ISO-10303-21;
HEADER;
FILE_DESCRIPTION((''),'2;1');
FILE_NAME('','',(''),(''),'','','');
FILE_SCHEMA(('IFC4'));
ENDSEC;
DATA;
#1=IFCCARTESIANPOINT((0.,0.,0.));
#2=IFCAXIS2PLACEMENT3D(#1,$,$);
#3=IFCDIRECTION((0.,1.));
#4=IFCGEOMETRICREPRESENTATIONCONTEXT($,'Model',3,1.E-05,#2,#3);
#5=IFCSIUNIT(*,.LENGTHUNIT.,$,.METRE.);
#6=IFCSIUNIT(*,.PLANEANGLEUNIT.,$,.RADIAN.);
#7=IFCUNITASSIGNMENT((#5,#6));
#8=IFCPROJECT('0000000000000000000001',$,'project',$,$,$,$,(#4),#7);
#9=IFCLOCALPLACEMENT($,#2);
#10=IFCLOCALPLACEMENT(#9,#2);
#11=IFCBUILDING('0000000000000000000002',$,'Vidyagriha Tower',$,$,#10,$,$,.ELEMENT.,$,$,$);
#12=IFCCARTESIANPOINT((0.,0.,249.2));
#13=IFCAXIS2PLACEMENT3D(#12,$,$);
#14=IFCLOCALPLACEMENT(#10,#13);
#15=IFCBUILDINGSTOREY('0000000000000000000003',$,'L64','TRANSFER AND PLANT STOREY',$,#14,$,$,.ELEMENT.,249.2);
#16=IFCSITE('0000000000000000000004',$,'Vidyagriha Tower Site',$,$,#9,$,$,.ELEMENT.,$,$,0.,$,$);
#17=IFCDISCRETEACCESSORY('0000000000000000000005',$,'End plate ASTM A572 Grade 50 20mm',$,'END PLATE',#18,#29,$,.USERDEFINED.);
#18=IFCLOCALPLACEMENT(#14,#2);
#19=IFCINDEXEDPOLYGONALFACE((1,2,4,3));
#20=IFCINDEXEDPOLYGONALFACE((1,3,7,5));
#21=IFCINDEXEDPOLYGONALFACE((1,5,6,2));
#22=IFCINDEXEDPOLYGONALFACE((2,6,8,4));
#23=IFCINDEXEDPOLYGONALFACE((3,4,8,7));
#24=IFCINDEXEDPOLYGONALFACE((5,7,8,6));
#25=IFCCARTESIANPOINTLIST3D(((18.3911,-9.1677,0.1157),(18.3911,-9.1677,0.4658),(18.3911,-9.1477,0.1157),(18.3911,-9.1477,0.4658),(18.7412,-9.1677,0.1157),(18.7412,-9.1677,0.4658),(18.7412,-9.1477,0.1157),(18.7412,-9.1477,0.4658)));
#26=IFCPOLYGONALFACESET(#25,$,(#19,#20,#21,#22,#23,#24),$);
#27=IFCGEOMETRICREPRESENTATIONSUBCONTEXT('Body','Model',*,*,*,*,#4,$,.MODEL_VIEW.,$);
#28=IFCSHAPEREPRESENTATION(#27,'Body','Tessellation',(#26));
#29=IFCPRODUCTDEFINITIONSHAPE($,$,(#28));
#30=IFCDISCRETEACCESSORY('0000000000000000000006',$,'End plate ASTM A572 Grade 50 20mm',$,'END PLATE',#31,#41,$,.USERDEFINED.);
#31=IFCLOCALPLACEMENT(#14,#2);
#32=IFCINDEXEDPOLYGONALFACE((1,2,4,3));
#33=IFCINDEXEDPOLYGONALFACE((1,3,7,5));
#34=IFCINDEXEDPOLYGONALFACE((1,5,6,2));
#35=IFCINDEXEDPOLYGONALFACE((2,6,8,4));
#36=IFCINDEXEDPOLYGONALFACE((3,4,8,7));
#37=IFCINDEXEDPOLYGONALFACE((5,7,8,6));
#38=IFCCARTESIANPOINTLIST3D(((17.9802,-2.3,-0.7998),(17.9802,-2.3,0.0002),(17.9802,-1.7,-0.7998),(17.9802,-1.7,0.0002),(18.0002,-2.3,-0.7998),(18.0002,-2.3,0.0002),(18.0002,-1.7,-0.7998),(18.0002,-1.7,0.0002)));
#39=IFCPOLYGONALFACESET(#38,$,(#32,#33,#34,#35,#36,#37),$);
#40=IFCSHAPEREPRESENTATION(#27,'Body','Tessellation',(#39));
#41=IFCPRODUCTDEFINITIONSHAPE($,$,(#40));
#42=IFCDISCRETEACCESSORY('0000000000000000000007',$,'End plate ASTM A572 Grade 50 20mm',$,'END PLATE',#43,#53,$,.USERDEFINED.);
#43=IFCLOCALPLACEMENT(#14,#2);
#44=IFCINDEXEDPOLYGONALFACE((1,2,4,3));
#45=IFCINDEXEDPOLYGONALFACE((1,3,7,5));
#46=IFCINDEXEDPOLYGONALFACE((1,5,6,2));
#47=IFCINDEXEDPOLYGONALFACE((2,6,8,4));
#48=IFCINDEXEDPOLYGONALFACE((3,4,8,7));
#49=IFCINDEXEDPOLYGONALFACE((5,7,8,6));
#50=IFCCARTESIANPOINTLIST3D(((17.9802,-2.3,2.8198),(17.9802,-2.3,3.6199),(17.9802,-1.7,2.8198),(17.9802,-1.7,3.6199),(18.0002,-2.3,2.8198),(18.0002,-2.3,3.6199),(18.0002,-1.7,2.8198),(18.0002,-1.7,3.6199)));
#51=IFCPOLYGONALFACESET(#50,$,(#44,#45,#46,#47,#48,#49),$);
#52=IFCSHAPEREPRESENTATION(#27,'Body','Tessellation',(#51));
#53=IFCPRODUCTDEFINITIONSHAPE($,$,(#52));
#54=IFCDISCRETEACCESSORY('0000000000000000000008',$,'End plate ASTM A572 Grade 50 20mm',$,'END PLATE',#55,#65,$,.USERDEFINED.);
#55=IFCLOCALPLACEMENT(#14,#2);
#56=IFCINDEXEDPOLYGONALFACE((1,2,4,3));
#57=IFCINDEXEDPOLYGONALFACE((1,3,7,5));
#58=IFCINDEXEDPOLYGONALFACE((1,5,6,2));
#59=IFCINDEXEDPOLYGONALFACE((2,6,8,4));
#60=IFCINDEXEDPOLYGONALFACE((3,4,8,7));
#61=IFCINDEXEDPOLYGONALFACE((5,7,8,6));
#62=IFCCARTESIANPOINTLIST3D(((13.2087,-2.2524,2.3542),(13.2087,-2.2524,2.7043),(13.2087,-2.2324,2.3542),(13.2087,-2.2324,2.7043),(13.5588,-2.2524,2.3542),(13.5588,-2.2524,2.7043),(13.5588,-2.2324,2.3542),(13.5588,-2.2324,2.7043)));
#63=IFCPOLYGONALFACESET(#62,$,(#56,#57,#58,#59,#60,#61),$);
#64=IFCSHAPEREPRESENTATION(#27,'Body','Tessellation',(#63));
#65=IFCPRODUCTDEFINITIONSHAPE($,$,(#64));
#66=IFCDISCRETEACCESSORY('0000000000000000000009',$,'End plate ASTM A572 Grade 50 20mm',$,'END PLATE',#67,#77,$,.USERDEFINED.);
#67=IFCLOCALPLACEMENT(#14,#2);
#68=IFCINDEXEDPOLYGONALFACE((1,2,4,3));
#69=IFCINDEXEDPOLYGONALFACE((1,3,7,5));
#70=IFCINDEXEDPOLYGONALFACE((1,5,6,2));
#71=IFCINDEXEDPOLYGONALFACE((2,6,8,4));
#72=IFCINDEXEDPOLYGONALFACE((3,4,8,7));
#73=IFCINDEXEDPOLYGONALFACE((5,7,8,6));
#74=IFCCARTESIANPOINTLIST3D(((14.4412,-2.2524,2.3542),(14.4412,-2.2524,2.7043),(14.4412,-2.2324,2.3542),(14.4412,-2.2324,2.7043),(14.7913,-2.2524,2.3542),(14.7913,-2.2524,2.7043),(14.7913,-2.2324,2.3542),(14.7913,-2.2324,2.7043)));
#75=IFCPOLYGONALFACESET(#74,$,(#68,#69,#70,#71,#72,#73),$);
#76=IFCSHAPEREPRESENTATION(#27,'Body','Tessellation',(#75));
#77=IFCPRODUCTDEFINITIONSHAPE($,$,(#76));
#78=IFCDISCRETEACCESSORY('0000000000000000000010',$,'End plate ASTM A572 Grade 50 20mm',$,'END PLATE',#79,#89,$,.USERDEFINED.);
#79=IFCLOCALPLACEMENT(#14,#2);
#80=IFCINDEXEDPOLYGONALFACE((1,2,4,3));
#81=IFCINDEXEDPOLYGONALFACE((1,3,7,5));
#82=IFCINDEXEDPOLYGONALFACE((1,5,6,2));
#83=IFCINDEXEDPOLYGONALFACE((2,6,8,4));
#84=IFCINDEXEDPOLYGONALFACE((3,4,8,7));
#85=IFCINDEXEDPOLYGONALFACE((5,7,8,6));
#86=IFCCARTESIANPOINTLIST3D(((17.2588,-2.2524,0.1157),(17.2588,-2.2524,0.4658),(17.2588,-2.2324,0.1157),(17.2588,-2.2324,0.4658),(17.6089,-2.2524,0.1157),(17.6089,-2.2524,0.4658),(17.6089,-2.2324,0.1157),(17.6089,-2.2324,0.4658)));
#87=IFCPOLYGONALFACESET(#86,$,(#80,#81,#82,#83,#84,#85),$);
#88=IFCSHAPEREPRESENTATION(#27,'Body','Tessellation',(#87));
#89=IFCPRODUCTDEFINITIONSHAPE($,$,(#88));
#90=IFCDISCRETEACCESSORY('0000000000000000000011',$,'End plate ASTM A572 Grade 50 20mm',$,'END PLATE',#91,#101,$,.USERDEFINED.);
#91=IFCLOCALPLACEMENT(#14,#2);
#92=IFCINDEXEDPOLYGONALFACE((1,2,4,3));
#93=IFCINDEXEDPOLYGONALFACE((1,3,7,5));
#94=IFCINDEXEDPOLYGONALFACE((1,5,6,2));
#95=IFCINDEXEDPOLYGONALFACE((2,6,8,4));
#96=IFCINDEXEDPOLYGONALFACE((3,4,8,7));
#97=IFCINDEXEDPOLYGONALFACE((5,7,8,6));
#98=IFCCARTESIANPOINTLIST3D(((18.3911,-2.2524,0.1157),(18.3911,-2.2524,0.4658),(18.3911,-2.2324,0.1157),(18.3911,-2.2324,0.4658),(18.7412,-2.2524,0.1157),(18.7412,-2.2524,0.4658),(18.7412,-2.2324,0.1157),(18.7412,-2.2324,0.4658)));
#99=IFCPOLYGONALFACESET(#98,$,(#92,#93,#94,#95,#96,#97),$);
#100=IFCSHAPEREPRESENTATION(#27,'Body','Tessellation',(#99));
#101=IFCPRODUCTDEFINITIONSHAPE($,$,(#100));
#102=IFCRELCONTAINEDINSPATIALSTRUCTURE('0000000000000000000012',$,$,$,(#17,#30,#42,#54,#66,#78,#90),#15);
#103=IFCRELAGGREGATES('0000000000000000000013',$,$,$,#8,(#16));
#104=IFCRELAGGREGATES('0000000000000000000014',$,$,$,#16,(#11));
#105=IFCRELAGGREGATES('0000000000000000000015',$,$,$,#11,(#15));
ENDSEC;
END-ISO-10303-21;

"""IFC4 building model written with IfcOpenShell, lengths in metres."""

from ifc_helpers import new_model, si_unit, direction, frame, origin, origin_2d, place, context, subcontext, project, spatial, rectangle, extrude, element, save


model = new_model("IFC4")

# Units and contexts
model_context = context("Model", 3, precision=1e-05, world=origin(), true_north=direction((0.0, 1.0)))
body_context = subcontext(model_context, "Body", "Model", "MODEL_VIEW")
ifc_project = project(units=[si_unit("LENGTHUNIT", "METRE"), si_unit("PLANEANGLEUNIT", "RADIAN")], contexts=[model_context])

# Site, building, storey
site_placement = place(None, origin())
site = spatial("IfcSite", under=ifc_project, at=site_placement, Name="Vidyagriha Tower Site", CompositionType="ELEMENT", RefElevation=0.0)
building_placement = place(site_placement, origin())
building = spatial("IfcBuilding", under=site, at=building_placement, Name="Vidyagriha Tower", CompositionType="ELEMENT")
storey_placement = place(building_placement, frame((0.0, 0.0, 249.2)))
storey = spatial("IfcBuildingStorey", under=building, at=storey_placement, Name="L64", Description="TRANSFER AND PLANT STOREY", CompositionType="ELEMENT", Elevation=249.2)

# Discrete accessories
discrete_accessory_1_placement = place(storey_placement, frame((18.5662, -9.1577, 0.1157), z_axis=(0.0, 0.0, 1.0), x_axis=(-1.0, 0.0, 0.0)))
element("IfcDiscreteAccessory", 1, at=discrete_accessory_1_placement, inside=storey, Name="End plate ASTM A572 Grade 50 20mm", ObjectType="END PLATE", PredefinedType="USERDEFINED", context=body_context, shape_type="SweptSolid", body=[
    extrude(rectangle(XDim=0.3501, YDim=0.02, at=origin_2d()), origin(), (0.0, 0.0, 1.0), 0.3501),
])
for number, where, name in (
    (2, (17.9902, -2.0, -0.7998), "End plate ASTM A572 Grade 50 20mm"),
    (3, (17.9902, -2.0, 2.8198), "End plate ASTM A572 Grade 50 20mm"),
):
    element("IfcDiscreteAccessory", number, at=place(storey_placement, frame(where)), inside=storey, Name=name, ObjectType="END PLATE", PredefinedType="USERDEFINED", context=body_context, shape_type="SweptSolid", body=[
        extrude(rectangle(XDim=0.02, YDim=0.6001, at=origin_2d()), origin(), (0.0, 0.0, 1.0), 0.8),
    ])
discrete_accessory_2_placement = place(storey_placement, frame((13.3838, -2.2424, 2.3542)))
element("IfcDiscreteAccessory", 4, at=discrete_accessory_2_placement, inside=storey, Name="End plate ASTM A572 Grade 50 20mm", ObjectType="END PLATE", PredefinedType="USERDEFINED", context=body_context, shape_type="SweptSolid", body=[
    extrude(rectangle(XDim=0.3501, YDim=0.02, at=origin_2d()), origin(), (0.0, 0.0, 1.0), 0.3501),
])
discrete_accessory_3_placement = place(storey_placement, frame((14.6162, -2.2424, 2.3542), z_axis=(0.0, 0.0, 1.0), x_axis=(-1.0, 0.0, 0.0)))
element("IfcDiscreteAccessory", 5, at=discrete_accessory_3_placement, inside=storey, Name="End plate ASTM A572 Grade 50 20mm", ObjectType="END PLATE", PredefinedType="USERDEFINED", context=body_context, shape_type="SweptSolid", body=[
    extrude(rectangle(XDim=0.3501, YDim=0.02, at=origin_2d()), origin(), (0.0, 0.0, 1.0), 0.3501),
])
discrete_accessory_4_placement = place(storey_placement, frame((17.4338, -2.2424, 0.1157)))
element("IfcDiscreteAccessory", 6, at=discrete_accessory_4_placement, inside=storey, Name="End plate ASTM A572 Grade 50 20mm", ObjectType="END PLATE", PredefinedType="USERDEFINED", context=body_context, shape_type="SweptSolid", body=[
    extrude(rectangle(XDim=0.3501, YDim=0.02, at=origin_2d()), origin(), (0.0, 0.0, 1.0), 0.3501),
])
discrete_accessory_5_placement = place(storey_placement, frame((18.5662, -2.2424, 0.1157), z_axis=(0.0, 0.0, 1.0), x_axis=(-1.0, 0.0, 0.0)))
element("IfcDiscreteAccessory", 7, at=discrete_accessory_5_placement, inside=storey, Name="End plate ASTM A572 Grade 50 20mm", ObjectType="END PLATE", PredefinedType="USERDEFINED", context=body_context, shape_type="SweptSolid", body=[
    extrude(rectangle(XDim=0.3501, YDim=0.02, at=origin_2d()), origin(), (0.0, 0.0, 1.0), 0.3501),
])

save(model, "model.ifc")
